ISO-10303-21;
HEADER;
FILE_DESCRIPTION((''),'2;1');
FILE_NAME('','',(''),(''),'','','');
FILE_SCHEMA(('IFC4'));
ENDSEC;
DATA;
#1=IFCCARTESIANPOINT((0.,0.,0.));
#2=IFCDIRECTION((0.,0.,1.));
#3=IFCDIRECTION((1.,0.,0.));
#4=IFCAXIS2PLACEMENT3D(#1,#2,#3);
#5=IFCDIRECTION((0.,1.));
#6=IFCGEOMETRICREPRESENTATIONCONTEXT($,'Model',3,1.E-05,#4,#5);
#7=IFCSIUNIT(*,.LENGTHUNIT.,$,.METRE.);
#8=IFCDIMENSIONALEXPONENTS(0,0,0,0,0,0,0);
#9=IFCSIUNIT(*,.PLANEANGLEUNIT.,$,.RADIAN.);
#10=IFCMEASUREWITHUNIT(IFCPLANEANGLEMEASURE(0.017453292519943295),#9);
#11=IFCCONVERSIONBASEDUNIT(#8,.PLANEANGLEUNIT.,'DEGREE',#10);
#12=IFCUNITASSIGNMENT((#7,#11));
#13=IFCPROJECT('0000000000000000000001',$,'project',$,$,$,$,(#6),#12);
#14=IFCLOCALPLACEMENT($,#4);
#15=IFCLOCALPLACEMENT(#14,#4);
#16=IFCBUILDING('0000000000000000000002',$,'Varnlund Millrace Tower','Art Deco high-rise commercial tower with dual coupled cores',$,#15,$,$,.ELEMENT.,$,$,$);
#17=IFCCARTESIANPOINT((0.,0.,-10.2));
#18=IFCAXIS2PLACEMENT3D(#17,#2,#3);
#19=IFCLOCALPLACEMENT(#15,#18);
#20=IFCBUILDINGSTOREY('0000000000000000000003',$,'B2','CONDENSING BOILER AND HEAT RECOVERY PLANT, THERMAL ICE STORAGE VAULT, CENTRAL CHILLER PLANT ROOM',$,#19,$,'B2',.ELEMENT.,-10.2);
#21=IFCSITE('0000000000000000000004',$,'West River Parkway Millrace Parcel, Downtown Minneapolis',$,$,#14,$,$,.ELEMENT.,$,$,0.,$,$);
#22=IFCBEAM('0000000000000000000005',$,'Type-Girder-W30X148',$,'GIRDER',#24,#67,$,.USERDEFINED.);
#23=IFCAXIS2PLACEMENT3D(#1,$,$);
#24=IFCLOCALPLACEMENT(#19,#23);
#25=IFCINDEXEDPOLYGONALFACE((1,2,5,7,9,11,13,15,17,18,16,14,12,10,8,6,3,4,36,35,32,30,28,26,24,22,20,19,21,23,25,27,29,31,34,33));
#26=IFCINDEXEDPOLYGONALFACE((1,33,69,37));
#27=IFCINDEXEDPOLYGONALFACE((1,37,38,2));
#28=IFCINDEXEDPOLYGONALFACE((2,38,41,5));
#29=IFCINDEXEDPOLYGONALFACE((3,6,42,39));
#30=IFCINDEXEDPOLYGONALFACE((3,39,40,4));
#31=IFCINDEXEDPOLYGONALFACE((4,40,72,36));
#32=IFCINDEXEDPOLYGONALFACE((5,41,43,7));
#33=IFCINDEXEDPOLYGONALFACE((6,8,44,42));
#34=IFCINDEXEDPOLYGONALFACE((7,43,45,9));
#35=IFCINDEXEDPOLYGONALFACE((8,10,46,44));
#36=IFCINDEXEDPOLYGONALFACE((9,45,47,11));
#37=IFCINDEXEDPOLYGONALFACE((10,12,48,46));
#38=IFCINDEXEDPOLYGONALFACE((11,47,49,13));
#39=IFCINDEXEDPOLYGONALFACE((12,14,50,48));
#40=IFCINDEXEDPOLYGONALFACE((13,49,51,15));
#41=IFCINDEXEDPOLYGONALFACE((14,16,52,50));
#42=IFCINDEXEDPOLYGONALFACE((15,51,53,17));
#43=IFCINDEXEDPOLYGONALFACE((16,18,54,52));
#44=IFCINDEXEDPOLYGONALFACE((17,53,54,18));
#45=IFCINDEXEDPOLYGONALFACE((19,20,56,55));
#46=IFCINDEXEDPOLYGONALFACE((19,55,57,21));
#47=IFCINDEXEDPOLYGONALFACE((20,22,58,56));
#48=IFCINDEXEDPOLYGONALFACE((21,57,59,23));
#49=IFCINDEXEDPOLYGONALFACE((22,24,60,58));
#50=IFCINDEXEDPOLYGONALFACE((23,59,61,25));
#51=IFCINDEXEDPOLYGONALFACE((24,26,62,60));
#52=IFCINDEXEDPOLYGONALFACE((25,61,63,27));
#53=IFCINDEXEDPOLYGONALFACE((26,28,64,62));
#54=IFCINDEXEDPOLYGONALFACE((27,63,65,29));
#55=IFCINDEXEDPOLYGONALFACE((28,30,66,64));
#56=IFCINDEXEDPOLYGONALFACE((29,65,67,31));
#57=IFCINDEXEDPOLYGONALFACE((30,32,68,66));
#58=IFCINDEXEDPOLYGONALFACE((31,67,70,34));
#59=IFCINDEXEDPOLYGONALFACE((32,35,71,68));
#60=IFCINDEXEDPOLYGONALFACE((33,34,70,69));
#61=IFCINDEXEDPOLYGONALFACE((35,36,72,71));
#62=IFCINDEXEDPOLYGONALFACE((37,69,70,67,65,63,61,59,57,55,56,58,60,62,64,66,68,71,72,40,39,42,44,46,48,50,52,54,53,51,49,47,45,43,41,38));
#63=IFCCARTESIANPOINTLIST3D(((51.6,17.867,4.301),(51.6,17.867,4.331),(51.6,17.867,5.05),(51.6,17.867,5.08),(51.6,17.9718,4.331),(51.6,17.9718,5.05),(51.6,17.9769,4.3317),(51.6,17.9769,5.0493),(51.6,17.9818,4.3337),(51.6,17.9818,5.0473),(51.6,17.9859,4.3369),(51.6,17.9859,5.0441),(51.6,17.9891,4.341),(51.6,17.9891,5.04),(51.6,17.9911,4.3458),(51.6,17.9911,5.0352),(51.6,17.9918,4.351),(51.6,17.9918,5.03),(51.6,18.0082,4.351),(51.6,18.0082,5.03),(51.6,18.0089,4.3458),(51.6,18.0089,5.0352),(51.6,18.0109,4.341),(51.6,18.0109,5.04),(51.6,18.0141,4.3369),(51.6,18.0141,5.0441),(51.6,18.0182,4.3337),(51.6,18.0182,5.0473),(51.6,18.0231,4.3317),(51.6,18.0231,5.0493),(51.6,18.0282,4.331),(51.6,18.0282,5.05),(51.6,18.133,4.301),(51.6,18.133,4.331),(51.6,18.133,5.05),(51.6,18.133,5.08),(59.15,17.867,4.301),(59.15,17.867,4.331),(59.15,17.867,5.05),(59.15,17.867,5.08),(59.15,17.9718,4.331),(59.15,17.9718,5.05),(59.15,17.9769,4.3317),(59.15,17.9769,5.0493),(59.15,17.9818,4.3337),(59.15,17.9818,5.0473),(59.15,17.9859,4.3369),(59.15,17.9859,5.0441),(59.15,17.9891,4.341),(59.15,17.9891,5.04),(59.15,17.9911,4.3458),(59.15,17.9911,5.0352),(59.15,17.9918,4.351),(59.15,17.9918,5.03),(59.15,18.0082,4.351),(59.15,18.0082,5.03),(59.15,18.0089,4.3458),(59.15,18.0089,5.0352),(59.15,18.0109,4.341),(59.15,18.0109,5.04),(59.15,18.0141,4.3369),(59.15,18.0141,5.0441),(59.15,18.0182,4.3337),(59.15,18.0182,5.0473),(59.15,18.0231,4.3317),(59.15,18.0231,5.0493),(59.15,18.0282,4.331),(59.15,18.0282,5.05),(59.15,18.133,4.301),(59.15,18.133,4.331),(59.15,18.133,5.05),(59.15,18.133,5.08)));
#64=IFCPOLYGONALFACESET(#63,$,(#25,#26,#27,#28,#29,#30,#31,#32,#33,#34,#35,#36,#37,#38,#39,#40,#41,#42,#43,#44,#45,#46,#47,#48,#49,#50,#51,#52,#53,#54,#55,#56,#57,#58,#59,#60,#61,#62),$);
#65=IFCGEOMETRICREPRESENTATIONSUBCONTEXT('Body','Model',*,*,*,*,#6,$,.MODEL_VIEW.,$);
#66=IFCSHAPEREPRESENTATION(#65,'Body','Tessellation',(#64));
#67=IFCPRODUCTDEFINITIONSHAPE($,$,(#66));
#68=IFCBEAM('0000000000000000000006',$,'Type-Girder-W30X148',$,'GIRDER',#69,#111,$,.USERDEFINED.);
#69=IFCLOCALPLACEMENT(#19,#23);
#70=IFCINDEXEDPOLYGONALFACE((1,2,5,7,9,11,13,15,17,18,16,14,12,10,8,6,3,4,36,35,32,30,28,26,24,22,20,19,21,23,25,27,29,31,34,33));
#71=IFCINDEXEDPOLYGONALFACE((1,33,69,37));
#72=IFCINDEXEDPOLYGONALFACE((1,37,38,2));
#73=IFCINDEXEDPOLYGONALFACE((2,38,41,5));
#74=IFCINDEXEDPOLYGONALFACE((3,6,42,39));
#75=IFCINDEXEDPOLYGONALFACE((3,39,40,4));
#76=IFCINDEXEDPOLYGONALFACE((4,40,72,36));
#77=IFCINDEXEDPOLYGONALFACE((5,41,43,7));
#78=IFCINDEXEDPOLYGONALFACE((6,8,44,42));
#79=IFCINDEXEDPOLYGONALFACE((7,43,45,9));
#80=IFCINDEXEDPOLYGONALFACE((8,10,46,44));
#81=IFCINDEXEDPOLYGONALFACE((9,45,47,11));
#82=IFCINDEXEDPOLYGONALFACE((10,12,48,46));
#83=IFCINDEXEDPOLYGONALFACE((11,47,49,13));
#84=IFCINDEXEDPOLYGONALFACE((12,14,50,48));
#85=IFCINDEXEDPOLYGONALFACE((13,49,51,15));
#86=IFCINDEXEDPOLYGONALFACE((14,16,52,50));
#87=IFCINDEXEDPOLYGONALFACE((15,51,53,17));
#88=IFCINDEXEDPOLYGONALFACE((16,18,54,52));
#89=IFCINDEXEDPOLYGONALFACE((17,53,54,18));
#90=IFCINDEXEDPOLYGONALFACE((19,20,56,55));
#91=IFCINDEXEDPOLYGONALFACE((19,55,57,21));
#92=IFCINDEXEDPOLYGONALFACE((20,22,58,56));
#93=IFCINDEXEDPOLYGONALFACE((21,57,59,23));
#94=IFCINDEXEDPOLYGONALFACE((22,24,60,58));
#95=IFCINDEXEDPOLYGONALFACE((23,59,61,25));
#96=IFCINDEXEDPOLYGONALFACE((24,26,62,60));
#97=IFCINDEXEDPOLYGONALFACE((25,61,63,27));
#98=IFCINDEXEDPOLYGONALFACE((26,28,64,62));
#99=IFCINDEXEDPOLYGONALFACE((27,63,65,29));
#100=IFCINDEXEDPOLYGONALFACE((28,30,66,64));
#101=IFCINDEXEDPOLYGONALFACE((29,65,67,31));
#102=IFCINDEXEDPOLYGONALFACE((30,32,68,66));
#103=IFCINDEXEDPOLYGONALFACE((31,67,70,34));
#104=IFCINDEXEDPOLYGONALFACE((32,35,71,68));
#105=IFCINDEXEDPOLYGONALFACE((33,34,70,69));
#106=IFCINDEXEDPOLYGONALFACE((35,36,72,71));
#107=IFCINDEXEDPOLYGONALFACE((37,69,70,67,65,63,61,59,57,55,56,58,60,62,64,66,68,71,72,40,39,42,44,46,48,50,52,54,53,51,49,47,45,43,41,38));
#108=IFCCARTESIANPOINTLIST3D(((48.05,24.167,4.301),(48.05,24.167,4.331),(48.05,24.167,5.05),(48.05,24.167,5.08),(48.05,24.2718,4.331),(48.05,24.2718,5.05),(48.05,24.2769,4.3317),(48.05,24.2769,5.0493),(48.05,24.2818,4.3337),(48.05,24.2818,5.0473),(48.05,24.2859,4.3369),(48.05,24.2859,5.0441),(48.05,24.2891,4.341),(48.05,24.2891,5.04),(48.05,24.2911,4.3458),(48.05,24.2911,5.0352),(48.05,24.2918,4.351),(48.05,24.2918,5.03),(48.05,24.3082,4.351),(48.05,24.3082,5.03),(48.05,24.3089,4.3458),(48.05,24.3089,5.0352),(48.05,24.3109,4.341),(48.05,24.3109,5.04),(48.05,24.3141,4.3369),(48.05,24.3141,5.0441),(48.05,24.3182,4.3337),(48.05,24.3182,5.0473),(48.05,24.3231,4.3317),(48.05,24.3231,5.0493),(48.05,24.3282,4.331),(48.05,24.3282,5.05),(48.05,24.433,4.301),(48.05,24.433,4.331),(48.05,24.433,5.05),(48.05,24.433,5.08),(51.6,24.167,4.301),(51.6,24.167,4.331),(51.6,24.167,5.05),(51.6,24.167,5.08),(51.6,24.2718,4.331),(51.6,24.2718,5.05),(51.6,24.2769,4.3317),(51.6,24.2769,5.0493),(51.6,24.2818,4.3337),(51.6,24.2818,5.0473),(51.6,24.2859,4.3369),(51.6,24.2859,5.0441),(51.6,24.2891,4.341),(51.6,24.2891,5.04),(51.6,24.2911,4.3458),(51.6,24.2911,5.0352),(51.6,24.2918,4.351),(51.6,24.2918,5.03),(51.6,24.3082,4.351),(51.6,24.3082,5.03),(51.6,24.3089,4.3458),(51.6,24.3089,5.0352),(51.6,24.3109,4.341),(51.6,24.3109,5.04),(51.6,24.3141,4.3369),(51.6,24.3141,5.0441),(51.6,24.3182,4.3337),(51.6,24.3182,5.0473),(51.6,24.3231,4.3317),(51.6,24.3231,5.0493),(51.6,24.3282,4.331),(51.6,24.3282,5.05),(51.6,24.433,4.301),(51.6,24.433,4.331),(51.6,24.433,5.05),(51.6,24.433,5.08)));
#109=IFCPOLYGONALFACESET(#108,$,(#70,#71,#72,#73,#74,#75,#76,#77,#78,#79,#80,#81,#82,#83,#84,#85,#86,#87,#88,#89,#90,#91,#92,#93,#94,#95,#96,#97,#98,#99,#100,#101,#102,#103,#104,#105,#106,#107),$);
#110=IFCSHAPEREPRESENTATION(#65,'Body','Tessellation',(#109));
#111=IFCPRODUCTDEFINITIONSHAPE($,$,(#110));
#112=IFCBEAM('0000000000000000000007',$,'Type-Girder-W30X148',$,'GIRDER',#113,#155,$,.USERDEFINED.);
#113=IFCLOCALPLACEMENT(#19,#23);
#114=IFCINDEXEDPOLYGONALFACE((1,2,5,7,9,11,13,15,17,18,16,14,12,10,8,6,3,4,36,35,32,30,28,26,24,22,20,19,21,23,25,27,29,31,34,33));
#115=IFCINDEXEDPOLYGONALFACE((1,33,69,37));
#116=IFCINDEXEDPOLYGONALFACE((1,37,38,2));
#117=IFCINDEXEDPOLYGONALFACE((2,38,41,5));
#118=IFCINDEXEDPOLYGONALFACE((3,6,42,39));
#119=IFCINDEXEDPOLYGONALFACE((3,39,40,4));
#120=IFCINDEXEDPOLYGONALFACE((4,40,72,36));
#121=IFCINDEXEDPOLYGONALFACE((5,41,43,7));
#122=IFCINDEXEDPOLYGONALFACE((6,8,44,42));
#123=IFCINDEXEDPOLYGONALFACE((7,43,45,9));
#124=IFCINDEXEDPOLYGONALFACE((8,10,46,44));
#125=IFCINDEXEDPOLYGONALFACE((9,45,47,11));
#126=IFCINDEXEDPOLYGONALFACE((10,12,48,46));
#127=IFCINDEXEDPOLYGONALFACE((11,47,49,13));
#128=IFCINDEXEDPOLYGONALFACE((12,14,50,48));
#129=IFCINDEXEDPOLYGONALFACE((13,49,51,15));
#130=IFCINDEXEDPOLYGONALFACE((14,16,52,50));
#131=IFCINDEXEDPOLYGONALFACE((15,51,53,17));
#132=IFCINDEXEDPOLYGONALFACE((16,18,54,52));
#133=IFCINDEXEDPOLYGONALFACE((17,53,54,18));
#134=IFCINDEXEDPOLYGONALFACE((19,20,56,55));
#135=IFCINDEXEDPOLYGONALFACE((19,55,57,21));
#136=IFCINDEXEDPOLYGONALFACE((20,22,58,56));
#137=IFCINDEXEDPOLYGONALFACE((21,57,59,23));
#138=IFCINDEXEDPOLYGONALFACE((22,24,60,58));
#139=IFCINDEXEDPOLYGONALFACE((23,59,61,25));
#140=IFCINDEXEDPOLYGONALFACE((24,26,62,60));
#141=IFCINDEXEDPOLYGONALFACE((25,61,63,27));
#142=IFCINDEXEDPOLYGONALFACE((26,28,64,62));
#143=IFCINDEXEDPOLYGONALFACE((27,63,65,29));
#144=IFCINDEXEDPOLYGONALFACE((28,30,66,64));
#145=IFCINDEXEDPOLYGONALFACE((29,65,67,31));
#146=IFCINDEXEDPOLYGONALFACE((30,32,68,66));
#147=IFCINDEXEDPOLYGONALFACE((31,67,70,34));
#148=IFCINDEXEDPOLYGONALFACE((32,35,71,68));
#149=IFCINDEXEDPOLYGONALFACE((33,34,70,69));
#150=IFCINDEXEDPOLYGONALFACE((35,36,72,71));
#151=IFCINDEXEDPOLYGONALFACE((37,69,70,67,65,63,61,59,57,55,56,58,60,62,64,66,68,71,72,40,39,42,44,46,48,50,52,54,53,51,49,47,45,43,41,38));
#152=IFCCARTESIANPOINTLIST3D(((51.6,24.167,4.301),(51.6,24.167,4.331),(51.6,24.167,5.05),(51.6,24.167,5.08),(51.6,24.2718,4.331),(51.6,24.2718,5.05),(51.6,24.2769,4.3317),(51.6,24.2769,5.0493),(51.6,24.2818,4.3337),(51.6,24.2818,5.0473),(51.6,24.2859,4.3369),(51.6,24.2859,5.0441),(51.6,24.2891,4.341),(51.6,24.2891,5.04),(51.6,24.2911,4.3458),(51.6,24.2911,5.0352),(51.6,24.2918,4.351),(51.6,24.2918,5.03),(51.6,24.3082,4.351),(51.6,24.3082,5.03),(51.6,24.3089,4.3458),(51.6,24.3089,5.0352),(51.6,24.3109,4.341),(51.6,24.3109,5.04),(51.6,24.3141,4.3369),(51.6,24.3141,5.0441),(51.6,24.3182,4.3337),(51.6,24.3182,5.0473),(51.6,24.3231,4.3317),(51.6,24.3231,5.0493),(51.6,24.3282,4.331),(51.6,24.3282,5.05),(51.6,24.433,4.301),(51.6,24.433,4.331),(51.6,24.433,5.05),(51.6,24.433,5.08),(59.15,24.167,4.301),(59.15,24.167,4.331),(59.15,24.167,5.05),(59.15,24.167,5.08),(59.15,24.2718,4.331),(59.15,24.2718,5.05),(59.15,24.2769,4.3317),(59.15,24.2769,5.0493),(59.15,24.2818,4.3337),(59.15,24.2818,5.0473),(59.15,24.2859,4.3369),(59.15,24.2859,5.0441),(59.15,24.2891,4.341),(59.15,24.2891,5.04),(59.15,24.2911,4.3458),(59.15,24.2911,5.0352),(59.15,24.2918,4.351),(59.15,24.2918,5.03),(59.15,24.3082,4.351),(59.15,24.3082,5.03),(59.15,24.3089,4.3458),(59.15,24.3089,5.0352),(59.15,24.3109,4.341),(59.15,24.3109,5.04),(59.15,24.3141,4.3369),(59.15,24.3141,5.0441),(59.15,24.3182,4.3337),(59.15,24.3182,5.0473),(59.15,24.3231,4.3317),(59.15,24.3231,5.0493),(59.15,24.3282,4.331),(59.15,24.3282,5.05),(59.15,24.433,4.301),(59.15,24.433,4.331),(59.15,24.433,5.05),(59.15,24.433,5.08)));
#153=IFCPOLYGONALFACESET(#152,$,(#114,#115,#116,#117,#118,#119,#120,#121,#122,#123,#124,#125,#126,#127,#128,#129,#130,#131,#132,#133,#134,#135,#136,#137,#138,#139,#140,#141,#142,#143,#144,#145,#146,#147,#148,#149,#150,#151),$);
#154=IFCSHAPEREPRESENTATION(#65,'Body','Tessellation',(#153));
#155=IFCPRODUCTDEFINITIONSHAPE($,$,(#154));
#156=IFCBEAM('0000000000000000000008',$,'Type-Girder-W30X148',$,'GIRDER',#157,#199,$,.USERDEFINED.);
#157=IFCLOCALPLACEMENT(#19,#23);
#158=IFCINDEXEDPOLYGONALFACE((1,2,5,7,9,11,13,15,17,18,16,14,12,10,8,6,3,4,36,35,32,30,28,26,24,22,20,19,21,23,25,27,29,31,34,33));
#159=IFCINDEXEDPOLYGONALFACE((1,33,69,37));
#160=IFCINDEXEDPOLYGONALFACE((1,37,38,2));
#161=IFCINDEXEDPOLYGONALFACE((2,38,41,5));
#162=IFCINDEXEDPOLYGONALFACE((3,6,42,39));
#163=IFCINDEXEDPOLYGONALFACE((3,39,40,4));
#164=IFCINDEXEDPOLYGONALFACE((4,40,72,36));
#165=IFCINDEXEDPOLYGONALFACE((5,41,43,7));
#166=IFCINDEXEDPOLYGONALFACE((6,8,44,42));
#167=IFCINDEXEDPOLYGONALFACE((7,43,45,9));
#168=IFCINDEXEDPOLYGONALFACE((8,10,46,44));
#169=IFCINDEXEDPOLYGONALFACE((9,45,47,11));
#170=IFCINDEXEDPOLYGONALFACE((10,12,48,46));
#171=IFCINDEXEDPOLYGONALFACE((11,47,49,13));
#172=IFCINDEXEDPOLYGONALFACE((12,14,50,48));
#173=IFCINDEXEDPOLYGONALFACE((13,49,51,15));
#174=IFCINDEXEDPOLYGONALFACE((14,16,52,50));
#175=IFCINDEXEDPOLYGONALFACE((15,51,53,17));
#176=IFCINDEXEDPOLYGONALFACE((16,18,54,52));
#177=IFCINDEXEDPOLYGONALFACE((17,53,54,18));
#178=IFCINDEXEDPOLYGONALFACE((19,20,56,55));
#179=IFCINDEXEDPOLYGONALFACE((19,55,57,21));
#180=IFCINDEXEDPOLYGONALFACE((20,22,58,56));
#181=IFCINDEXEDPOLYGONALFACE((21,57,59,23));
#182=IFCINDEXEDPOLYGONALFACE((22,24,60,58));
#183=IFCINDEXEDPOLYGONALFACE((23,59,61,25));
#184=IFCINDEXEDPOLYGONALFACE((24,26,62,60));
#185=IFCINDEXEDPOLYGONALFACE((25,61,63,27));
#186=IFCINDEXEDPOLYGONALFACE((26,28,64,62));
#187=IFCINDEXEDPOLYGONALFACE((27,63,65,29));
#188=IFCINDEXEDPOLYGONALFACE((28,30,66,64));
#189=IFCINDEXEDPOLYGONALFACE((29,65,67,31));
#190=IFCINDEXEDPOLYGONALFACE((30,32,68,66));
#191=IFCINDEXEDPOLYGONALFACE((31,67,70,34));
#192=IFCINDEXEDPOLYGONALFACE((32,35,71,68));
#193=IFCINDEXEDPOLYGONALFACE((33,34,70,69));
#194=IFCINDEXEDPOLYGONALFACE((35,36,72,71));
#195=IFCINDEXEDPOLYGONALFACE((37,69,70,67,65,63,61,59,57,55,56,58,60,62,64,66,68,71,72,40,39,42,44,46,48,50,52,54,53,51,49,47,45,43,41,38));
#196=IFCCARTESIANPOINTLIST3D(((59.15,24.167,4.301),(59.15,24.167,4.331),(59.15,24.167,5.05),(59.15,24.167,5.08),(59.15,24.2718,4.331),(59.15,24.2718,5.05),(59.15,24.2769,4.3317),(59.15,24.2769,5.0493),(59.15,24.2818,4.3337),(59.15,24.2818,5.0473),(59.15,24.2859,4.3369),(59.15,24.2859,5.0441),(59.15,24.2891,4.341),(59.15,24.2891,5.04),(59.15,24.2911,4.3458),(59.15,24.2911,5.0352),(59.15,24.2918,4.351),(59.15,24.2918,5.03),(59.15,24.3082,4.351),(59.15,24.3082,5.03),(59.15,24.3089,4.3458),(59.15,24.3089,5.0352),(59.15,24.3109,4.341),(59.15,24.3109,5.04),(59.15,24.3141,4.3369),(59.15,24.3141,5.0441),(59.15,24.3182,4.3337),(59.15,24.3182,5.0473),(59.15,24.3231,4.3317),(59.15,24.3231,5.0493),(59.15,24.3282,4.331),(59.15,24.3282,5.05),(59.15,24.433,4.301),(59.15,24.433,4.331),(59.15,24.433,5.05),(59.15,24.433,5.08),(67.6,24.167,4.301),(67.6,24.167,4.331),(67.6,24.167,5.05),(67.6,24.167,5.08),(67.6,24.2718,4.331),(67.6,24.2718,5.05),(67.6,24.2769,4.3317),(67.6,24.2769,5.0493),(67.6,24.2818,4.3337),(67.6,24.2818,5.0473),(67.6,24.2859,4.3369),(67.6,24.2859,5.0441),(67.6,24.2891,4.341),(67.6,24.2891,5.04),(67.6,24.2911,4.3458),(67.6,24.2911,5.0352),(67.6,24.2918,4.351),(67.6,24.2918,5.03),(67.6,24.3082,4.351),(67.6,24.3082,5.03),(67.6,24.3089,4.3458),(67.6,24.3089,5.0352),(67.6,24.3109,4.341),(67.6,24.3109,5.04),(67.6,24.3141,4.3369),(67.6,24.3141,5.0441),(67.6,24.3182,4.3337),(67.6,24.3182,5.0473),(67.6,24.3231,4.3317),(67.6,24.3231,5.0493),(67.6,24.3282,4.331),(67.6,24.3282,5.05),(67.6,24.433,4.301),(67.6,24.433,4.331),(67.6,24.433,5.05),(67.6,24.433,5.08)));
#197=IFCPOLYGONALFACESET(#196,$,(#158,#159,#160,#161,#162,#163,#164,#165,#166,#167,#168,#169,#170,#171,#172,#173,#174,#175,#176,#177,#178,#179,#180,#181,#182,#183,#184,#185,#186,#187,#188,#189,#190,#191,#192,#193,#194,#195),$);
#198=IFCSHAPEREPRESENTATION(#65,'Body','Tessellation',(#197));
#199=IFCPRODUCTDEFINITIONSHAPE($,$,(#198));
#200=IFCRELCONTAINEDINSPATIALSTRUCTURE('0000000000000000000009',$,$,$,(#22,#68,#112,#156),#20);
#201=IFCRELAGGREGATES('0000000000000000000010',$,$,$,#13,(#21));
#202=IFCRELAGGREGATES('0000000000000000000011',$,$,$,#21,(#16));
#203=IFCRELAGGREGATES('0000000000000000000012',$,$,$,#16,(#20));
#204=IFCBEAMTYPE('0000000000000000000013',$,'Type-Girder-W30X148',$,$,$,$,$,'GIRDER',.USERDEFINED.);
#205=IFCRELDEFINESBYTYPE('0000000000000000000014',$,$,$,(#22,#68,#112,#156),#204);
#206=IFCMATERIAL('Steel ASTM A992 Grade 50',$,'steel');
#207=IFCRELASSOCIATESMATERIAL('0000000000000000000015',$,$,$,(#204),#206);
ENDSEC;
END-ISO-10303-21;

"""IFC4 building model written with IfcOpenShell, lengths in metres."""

from ifc_helpers import new_model, entity, si_unit, converted_unit, direction, frame, origin_with_axes, origin_2d_with_axis, place, context, subcontext, project, spatial, i_section, extrude, material, material_profile, profile_set, type_object, element, save


model = new_model("IFC4")

# Units and contexts
model_context = context("Model", 3, precision=1e-05, world=origin_with_axes(), true_north=direction((0.0, 1.0)))
body_context = subcontext(model_context, "Body", "Model", "MODEL_VIEW")
ifc_project = project(units=[si_unit("LENGTHUNIT", "METRE"), converted_unit("PLANEANGLEUNIT", "DEGREE", entity("IfcPlaneAngleMeasure", 0.017453292519943295), si_unit("PLANEANGLEUNIT", "RADIAN"), dimensions=[0, 0, 0, 0, 0, 0, 0])], contexts=[model_context])

# Site, building, storey
site_placement = place(None, origin_with_axes())
site = spatial("IfcSite", under=ifc_project, at=site_placement, Name="West River Parkway Millrace Parcel, Downtown Minneapolis", CompositionType="ELEMENT", RefElevation=0.0)
building_placement = place(site_placement, origin_with_axes())
building = spatial("IfcBuilding", under=site, at=building_placement, Name="Varnlund Millrace Tower", Description="Art Deco high-rise commercial tower with dual coupled cores", CompositionType="ELEMENT")
storey_placement = place(building_placement, frame((0.0, 0.0, -10.2), z_axis=(0.0, 0.0, 1.0), x_axis=(1.0, 0.0, 0.0)))
storey = spatial("IfcBuildingStorey", under=building, at=storey_placement, Name="B2", Description="CONDENSING BOILER AND HEAT RECOVERY PLANT, THERMAL ICE STORAGE VAULT, CENTRAL CHILLER PLANT ROOM", LongName="B2", CompositionType="ELEMENT", Elevation=-10.2)

# Beams
ifc_material_1 = material(Name="Steel ASTM A992 Grade 50", Category="steel")
ifc_material_profile_1 = material_profile(ifc_material_1, i_section(OverallWidth=0.266, OverallDepth=0.779, WebThickness=0.0165, FlangeThickness=0.03, FilletRadius=0.02, at=origin_2d_with_axis()), Name="Steel ASTM A992 Grade 50")
ifc_profile_set_1 = profile_set([ifc_material_profile_1], Name="Steel ASTM A992 Grade 50")
beam_type_1 = type_object("IfcBeamType", Name="Type-Girder-W30X148", ElementType="GIRDER", PredefinedType="USERDEFINED", material=ifc_profile_set_1)
beam_1_placement = place(storey_placement, frame((51.6, 18.0, 4.6905), z_axis=(1.0, 0.0, 0.0), x_axis=(0.0, 1.0, 0.0)))
element("IfcBeam", 1, at=beam_1_placement, inside=storey, type_object=beam_type_1, Name="Type-Girder-W30X148", ObjectType="GIRDER", PredefinedType="USERDEFINED", context=body_context, shape_type="SweptSolid", body=[
    extrude(i_section(OverallWidth=0.266, OverallDepth=0.779, WebThickness=0.0165, FlangeThickness=0.03, FilletRadius=0.02, at=origin_2d_with_axis()), origin_with_axes(), (0.0, 0.0, 1.0), 7.55),
])
beam_2_placement = place(storey_placement, frame((48.05, 24.3, 4.6905), z_axis=(1.0, 0.0, 0.0), x_axis=(0.0, 1.0, 0.0)))
element("IfcBeam", 2, at=beam_2_placement, inside=storey, type_object=beam_type_1, Name="Type-Girder-W30X148", ObjectType="GIRDER", PredefinedType="USERDEFINED", context=body_context, shape_type="SweptSolid", body=[
    extrude(i_section(OverallWidth=0.266, OverallDepth=0.779, WebThickness=0.0165, FlangeThickness=0.03, FilletRadius=0.02, at=origin_2d_with_axis()), origin_with_axes(), (0.0, 0.0, 1.0), 3.55),
])
beam_3_placement = place(storey_placement, frame((51.6, 24.3, 4.6905), z_axis=(1.0, 0.0, 0.0), x_axis=(0.0, 1.0, 0.0)))
element("IfcBeam", 3, at=beam_3_placement, inside=storey, type_object=beam_type_1, Name="Type-Girder-W30X148", ObjectType="GIRDER", PredefinedType="USERDEFINED", context=body_context, shape_type="SweptSolid", body=[
    extrude(i_section(OverallWidth=0.266, OverallDepth=0.779, WebThickness=0.0165, FlangeThickness=0.03, FilletRadius=0.02, at=origin_2d_with_axis()), origin_with_axes(), (0.0, 0.0, 1.0), 7.55),
])
beam_4_placement = place(storey_placement, frame((59.15, 24.3, 4.6905), z_axis=(1.0, 0.0, 0.0), x_axis=(0.0, 1.0, 0.0)))
element("IfcBeam", 4, at=beam_4_placement, inside=storey, type_object=beam_type_1, Name="Type-Girder-W30X148", ObjectType="GIRDER", PredefinedType="USERDEFINED", context=body_context, shape_type="SweptSolid", body=[
    extrude(i_section(OverallWidth=0.266, OverallDepth=0.779, WebThickness=0.0165, FlangeThickness=0.03, FilletRadius=0.02, at=origin_2d_with_axis()), origin_with_axes(), (0.0, 0.0, 1.0), 8.45),
])

save(model, "model.ifc")
